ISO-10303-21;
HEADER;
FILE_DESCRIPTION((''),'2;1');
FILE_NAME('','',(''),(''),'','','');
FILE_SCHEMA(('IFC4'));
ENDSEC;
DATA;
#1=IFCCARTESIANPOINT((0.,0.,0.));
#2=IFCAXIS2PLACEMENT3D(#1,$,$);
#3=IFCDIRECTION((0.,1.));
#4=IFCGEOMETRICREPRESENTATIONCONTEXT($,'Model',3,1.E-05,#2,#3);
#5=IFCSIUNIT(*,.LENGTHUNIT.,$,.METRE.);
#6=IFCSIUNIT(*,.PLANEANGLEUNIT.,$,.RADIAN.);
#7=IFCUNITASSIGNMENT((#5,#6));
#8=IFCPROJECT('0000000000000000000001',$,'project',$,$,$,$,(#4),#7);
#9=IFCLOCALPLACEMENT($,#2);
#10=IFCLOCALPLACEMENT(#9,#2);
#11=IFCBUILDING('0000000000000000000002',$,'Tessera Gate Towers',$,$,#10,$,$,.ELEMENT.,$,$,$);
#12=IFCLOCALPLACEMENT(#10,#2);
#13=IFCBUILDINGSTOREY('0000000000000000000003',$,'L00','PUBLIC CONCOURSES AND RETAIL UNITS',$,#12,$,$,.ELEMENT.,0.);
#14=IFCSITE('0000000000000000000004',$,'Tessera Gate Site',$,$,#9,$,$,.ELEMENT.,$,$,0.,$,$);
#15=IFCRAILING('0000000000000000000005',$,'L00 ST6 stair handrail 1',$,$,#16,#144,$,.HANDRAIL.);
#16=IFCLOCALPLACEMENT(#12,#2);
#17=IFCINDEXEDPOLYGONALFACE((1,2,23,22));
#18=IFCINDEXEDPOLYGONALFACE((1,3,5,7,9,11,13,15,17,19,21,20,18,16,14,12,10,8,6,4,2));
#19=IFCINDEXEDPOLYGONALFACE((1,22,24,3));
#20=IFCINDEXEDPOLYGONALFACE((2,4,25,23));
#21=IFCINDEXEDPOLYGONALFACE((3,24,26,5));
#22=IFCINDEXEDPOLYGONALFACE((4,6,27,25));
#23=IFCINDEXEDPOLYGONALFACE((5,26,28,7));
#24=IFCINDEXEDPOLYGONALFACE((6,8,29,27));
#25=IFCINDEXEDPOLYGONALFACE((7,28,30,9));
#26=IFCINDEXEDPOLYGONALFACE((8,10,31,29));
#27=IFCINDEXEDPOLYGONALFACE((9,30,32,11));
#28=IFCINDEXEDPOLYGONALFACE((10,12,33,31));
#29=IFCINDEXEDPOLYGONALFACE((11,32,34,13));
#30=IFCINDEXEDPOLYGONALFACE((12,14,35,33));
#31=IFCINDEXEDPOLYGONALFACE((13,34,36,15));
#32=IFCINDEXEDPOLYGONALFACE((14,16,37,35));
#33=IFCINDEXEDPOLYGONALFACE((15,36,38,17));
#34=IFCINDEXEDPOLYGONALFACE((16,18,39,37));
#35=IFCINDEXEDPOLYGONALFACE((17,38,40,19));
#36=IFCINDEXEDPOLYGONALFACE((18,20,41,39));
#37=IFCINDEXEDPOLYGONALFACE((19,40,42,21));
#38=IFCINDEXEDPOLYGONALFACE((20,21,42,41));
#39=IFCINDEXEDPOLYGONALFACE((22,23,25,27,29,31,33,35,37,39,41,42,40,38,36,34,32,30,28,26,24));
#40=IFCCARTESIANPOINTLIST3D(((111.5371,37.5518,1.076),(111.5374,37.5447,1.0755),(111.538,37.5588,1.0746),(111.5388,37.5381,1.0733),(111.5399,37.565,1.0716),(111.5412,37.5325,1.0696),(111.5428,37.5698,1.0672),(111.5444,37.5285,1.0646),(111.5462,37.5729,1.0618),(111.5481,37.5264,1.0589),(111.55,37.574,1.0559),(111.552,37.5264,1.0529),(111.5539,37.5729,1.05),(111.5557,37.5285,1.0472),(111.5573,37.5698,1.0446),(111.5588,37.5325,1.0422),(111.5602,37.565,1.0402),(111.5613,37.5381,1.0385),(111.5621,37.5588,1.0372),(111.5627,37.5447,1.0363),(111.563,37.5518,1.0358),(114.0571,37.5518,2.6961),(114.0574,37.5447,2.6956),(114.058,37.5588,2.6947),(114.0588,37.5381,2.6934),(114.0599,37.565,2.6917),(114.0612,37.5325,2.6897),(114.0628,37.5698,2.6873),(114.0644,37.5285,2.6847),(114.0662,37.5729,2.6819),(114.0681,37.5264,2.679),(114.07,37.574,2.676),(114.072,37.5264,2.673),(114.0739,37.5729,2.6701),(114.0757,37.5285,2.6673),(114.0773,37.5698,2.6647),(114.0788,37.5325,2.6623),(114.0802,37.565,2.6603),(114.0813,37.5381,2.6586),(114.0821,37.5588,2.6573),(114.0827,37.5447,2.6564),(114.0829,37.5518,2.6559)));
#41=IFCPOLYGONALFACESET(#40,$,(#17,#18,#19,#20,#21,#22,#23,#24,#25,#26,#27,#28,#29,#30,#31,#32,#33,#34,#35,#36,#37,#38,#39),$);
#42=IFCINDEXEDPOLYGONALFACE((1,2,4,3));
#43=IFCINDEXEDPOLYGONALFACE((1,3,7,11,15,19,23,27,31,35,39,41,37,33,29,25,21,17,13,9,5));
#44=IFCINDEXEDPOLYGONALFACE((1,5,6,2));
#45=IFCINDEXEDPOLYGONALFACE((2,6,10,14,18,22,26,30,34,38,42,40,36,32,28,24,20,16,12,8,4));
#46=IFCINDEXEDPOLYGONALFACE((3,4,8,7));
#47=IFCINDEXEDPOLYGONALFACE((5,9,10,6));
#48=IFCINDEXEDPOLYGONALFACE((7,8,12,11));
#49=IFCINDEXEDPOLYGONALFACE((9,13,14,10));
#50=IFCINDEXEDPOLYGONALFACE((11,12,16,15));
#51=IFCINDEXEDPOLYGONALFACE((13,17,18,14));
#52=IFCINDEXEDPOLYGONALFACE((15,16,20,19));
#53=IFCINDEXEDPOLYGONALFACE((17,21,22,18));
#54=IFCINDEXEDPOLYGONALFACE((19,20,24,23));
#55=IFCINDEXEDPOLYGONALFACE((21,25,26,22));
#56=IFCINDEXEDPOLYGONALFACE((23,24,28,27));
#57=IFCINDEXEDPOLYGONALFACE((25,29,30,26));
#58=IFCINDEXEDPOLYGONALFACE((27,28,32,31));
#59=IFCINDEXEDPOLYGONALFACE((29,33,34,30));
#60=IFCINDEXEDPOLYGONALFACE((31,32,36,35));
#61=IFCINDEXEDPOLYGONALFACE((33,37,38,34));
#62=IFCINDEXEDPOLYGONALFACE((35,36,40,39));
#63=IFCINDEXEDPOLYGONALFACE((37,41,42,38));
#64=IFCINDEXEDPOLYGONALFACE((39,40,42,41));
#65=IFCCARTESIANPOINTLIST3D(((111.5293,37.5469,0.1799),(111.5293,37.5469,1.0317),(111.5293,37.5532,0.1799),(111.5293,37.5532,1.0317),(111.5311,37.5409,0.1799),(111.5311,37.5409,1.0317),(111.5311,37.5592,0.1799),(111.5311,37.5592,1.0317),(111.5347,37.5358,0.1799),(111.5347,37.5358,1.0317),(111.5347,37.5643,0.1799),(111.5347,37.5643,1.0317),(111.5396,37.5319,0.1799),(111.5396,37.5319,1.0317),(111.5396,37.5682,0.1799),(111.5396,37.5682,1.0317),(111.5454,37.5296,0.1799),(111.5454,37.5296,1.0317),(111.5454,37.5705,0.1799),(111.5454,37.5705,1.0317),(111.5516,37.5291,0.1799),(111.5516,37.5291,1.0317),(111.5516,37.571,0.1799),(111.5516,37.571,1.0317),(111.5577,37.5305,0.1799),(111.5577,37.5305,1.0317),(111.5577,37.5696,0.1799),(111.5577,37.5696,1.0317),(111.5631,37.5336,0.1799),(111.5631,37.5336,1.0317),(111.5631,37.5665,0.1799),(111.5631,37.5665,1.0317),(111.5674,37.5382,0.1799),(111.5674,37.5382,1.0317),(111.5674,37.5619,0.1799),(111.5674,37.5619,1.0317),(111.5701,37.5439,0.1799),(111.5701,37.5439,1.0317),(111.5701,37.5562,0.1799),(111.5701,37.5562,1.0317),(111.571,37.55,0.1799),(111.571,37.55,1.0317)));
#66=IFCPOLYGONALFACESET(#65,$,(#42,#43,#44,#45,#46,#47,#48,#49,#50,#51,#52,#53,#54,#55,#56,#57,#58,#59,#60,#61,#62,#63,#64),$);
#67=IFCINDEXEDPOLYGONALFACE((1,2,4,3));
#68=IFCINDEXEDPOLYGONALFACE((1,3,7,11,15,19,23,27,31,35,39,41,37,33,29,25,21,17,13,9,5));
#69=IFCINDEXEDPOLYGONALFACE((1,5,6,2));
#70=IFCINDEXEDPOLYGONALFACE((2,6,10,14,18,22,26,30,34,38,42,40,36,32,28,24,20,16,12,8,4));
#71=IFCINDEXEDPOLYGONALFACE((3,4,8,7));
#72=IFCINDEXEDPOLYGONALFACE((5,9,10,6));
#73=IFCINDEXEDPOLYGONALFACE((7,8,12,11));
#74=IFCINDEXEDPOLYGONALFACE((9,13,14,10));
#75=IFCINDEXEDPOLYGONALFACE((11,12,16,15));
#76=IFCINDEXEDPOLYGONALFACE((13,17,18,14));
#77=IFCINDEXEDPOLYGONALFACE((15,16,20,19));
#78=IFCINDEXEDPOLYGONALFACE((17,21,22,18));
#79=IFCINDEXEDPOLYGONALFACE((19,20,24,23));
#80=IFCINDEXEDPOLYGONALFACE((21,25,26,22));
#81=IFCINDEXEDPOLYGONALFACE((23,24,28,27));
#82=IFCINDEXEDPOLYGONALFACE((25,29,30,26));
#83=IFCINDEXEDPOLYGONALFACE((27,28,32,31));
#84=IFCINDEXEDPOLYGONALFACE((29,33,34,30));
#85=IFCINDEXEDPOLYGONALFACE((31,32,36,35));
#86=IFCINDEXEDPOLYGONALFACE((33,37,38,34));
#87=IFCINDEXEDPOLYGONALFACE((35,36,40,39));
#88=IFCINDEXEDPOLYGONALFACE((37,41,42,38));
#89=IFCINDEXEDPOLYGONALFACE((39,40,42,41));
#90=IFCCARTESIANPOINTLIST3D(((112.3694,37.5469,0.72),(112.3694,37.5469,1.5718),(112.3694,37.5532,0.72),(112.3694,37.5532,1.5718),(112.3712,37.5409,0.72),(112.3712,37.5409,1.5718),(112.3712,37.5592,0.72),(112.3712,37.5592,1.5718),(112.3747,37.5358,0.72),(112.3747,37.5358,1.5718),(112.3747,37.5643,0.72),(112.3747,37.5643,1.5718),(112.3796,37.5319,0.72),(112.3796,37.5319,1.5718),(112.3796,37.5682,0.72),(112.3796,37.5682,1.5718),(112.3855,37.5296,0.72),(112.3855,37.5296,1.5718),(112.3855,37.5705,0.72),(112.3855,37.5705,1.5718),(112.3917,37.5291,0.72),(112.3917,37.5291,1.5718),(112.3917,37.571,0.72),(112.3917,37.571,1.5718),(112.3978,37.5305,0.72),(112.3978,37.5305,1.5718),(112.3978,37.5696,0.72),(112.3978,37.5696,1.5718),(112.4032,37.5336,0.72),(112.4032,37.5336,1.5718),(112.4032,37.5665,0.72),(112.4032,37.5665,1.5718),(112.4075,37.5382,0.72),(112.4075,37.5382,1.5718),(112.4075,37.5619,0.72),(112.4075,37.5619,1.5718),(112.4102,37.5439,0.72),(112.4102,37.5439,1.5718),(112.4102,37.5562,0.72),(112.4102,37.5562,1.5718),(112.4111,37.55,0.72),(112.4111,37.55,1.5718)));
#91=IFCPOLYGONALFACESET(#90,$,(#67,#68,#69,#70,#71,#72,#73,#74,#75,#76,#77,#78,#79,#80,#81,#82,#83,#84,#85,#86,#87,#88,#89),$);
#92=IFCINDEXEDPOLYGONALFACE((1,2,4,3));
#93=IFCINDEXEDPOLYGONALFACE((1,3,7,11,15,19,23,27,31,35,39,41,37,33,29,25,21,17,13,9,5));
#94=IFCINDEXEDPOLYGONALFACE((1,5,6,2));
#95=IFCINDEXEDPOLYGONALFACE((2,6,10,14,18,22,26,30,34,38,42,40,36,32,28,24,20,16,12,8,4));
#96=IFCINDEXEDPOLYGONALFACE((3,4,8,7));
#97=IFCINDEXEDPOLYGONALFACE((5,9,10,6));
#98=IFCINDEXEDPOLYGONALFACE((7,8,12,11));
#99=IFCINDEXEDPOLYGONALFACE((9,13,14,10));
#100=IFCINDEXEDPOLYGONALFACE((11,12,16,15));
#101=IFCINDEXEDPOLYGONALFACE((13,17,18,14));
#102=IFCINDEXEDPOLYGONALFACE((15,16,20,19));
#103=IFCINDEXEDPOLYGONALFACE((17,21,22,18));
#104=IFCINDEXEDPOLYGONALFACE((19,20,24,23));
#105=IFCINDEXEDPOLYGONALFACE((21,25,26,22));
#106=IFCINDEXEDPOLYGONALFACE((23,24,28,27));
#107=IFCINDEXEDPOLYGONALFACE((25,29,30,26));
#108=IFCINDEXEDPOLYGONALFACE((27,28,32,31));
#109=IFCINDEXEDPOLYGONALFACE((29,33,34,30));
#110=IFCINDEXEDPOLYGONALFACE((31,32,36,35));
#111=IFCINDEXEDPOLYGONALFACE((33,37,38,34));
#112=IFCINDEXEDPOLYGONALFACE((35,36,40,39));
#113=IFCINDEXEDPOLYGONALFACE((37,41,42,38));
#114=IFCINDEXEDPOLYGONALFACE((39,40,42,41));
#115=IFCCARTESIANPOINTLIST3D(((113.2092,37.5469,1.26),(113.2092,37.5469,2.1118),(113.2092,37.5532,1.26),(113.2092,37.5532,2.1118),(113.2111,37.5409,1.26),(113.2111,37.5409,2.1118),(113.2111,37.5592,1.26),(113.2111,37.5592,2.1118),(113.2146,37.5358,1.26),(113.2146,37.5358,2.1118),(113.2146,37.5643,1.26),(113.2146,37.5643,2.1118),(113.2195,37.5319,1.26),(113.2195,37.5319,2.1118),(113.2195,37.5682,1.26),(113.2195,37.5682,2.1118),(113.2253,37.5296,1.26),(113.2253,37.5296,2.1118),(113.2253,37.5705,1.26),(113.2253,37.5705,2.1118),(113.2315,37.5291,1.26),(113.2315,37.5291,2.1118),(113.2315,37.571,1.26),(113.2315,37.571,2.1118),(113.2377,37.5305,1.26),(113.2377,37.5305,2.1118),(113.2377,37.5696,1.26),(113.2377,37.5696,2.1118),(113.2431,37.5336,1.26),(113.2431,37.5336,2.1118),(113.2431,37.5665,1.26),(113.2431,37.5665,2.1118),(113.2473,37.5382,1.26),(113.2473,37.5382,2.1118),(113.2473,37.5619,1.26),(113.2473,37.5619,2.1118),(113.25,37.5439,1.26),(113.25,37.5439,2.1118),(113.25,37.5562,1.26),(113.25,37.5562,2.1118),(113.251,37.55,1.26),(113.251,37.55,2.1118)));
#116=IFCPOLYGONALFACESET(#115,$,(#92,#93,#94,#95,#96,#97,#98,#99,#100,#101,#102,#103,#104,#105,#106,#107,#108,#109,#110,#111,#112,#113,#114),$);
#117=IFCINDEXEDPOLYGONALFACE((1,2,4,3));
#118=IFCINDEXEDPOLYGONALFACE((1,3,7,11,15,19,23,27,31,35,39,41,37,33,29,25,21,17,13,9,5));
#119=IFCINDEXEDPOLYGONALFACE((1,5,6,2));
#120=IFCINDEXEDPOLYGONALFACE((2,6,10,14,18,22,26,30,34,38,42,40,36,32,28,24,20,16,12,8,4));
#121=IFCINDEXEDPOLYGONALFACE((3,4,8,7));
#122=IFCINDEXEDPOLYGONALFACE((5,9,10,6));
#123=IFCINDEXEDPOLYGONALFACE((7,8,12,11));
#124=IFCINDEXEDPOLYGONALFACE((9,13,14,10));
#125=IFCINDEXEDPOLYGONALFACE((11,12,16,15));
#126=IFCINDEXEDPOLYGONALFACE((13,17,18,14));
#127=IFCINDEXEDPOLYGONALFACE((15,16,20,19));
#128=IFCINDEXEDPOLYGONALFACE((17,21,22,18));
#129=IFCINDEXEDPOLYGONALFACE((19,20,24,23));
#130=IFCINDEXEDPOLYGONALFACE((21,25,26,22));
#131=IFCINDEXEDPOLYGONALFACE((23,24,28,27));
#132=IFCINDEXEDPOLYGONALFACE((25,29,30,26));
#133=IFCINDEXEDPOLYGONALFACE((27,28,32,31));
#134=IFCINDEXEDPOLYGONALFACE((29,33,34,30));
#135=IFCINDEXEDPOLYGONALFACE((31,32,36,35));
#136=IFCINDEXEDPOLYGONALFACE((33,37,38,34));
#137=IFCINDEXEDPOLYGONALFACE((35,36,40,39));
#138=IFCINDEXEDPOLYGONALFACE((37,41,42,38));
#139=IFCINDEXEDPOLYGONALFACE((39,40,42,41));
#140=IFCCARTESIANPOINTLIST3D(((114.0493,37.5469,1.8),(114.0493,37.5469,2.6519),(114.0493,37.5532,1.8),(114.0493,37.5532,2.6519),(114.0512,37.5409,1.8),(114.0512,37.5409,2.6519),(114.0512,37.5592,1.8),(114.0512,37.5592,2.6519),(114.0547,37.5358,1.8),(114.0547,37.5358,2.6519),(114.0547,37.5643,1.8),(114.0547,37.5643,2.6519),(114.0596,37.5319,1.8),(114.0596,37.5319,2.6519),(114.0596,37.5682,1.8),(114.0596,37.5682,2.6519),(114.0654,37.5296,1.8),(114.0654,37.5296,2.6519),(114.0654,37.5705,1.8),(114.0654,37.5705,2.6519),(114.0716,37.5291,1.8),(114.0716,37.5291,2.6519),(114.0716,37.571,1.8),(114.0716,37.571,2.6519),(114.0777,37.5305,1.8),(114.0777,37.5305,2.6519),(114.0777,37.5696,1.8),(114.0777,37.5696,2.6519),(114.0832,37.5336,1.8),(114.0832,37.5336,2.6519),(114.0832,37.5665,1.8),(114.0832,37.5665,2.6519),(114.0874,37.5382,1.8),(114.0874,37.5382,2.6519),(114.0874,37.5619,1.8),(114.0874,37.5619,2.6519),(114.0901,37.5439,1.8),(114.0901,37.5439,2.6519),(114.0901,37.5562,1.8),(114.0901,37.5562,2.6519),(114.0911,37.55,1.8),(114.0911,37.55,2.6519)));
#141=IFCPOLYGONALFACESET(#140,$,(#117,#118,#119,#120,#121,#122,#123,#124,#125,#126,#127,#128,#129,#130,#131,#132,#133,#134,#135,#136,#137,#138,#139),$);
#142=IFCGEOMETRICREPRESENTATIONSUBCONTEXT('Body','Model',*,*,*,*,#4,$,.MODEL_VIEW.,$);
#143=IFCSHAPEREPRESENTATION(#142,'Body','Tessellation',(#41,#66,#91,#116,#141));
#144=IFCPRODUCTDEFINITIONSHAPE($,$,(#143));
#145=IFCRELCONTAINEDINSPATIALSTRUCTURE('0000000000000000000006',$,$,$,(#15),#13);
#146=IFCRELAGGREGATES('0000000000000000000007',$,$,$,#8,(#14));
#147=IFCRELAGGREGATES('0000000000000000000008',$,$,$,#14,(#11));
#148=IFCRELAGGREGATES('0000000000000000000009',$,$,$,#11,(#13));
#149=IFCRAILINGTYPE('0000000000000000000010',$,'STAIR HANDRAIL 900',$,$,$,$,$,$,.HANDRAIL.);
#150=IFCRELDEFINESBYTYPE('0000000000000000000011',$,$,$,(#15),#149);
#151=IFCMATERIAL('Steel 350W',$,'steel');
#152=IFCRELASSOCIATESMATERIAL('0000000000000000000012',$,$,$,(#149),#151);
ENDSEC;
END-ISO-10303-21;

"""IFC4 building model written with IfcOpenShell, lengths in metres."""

from ifc_helpers import new_model, si_unit, direction, frame, origin, origin_2d, place, context, subcontext, project, spatial, circle, extrude, material, type_object, element, save


model = new_model("IFC4")

# Units and contexts
model_context = context("Model", 3, precision=1e-05, world=origin(), true_north=direction((0.0, 1.0)))
body_context = subcontext(model_context, "Body", "Model", "MODEL_VIEW")
ifc_project = project(units=[si_unit("LENGTHUNIT", "METRE"), si_unit("PLANEANGLEUNIT", "RADIAN")], contexts=[model_context])

# Site, building, storey
site_placement = place(None, origin())
site = spatial("IfcSite", under=ifc_project, at=site_placement, Name="Tessera Gate Site", CompositionType="ELEMENT", RefElevation=0.0)
building_placement = place(site_placement, origin())
building = spatial("IfcBuilding", under=site, at=building_placement, Name="Tessera Gate Towers", CompositionType="ELEMENT")
storey_placement = place(building_placement, origin())
storey = spatial("IfcBuildingStorey", under=building, at=storey_placement, Name="L00", Description="PUBLIC CONCOURSES AND RETAIL UNITS", CompositionType="ELEMENT", Elevation=0.0)

# Railing
ifc_material_1 = material(Name="Steel 350W", Category="steel")
railing_type_1 = type_object("IfcRailingType", Name="STAIR HANDRAIL 900", PredefinedType="HANDRAIL", material=ifc_material_1)
railing_1_placement = place(storey_placement, frame((111.55, 37.55, 0.1799)))
element("IfcRailing", 1, at=railing_1_placement, inside=storey, type_object=railing_type_1, Name="L00 ST6 stair handrail 1", PredefinedType="HANDRAIL", context=body_context, shape_type="SweptSolid", body=[
    extrude(circle(Radius=0.0239, at=origin_2d()), frame((0.0, 0.0, 0.876), z_axis=(0.841163, 0.0, 0.540782), x_axis=(0.0, 1.0, 0.0)), (0.0, 0.0, 1.0), 2.9958),
    extrude(circle(Radius=0.021, at=origin_2d()), origin(), (0.0, 0.0, 1.0), 0.8518),
    extrude(circle(Radius=0.021, at=origin_2d()), frame((0.8401, 0.0, 0.54)), (0.0, 0.0, 1.0), 0.8518),
    extrude(circle(Radius=0.021, at=origin_2d()), frame((1.6799, 0.0, 1.0801)), (0.0, 0.0, 1.0), 0.8518),
    extrude(circle(Radius=0.021, at=origin_2d()), frame((2.52, 0.0, 1.6201)), (0.0, 0.0, 1.0), 0.8518),
])

save(model, "model.ifc")
